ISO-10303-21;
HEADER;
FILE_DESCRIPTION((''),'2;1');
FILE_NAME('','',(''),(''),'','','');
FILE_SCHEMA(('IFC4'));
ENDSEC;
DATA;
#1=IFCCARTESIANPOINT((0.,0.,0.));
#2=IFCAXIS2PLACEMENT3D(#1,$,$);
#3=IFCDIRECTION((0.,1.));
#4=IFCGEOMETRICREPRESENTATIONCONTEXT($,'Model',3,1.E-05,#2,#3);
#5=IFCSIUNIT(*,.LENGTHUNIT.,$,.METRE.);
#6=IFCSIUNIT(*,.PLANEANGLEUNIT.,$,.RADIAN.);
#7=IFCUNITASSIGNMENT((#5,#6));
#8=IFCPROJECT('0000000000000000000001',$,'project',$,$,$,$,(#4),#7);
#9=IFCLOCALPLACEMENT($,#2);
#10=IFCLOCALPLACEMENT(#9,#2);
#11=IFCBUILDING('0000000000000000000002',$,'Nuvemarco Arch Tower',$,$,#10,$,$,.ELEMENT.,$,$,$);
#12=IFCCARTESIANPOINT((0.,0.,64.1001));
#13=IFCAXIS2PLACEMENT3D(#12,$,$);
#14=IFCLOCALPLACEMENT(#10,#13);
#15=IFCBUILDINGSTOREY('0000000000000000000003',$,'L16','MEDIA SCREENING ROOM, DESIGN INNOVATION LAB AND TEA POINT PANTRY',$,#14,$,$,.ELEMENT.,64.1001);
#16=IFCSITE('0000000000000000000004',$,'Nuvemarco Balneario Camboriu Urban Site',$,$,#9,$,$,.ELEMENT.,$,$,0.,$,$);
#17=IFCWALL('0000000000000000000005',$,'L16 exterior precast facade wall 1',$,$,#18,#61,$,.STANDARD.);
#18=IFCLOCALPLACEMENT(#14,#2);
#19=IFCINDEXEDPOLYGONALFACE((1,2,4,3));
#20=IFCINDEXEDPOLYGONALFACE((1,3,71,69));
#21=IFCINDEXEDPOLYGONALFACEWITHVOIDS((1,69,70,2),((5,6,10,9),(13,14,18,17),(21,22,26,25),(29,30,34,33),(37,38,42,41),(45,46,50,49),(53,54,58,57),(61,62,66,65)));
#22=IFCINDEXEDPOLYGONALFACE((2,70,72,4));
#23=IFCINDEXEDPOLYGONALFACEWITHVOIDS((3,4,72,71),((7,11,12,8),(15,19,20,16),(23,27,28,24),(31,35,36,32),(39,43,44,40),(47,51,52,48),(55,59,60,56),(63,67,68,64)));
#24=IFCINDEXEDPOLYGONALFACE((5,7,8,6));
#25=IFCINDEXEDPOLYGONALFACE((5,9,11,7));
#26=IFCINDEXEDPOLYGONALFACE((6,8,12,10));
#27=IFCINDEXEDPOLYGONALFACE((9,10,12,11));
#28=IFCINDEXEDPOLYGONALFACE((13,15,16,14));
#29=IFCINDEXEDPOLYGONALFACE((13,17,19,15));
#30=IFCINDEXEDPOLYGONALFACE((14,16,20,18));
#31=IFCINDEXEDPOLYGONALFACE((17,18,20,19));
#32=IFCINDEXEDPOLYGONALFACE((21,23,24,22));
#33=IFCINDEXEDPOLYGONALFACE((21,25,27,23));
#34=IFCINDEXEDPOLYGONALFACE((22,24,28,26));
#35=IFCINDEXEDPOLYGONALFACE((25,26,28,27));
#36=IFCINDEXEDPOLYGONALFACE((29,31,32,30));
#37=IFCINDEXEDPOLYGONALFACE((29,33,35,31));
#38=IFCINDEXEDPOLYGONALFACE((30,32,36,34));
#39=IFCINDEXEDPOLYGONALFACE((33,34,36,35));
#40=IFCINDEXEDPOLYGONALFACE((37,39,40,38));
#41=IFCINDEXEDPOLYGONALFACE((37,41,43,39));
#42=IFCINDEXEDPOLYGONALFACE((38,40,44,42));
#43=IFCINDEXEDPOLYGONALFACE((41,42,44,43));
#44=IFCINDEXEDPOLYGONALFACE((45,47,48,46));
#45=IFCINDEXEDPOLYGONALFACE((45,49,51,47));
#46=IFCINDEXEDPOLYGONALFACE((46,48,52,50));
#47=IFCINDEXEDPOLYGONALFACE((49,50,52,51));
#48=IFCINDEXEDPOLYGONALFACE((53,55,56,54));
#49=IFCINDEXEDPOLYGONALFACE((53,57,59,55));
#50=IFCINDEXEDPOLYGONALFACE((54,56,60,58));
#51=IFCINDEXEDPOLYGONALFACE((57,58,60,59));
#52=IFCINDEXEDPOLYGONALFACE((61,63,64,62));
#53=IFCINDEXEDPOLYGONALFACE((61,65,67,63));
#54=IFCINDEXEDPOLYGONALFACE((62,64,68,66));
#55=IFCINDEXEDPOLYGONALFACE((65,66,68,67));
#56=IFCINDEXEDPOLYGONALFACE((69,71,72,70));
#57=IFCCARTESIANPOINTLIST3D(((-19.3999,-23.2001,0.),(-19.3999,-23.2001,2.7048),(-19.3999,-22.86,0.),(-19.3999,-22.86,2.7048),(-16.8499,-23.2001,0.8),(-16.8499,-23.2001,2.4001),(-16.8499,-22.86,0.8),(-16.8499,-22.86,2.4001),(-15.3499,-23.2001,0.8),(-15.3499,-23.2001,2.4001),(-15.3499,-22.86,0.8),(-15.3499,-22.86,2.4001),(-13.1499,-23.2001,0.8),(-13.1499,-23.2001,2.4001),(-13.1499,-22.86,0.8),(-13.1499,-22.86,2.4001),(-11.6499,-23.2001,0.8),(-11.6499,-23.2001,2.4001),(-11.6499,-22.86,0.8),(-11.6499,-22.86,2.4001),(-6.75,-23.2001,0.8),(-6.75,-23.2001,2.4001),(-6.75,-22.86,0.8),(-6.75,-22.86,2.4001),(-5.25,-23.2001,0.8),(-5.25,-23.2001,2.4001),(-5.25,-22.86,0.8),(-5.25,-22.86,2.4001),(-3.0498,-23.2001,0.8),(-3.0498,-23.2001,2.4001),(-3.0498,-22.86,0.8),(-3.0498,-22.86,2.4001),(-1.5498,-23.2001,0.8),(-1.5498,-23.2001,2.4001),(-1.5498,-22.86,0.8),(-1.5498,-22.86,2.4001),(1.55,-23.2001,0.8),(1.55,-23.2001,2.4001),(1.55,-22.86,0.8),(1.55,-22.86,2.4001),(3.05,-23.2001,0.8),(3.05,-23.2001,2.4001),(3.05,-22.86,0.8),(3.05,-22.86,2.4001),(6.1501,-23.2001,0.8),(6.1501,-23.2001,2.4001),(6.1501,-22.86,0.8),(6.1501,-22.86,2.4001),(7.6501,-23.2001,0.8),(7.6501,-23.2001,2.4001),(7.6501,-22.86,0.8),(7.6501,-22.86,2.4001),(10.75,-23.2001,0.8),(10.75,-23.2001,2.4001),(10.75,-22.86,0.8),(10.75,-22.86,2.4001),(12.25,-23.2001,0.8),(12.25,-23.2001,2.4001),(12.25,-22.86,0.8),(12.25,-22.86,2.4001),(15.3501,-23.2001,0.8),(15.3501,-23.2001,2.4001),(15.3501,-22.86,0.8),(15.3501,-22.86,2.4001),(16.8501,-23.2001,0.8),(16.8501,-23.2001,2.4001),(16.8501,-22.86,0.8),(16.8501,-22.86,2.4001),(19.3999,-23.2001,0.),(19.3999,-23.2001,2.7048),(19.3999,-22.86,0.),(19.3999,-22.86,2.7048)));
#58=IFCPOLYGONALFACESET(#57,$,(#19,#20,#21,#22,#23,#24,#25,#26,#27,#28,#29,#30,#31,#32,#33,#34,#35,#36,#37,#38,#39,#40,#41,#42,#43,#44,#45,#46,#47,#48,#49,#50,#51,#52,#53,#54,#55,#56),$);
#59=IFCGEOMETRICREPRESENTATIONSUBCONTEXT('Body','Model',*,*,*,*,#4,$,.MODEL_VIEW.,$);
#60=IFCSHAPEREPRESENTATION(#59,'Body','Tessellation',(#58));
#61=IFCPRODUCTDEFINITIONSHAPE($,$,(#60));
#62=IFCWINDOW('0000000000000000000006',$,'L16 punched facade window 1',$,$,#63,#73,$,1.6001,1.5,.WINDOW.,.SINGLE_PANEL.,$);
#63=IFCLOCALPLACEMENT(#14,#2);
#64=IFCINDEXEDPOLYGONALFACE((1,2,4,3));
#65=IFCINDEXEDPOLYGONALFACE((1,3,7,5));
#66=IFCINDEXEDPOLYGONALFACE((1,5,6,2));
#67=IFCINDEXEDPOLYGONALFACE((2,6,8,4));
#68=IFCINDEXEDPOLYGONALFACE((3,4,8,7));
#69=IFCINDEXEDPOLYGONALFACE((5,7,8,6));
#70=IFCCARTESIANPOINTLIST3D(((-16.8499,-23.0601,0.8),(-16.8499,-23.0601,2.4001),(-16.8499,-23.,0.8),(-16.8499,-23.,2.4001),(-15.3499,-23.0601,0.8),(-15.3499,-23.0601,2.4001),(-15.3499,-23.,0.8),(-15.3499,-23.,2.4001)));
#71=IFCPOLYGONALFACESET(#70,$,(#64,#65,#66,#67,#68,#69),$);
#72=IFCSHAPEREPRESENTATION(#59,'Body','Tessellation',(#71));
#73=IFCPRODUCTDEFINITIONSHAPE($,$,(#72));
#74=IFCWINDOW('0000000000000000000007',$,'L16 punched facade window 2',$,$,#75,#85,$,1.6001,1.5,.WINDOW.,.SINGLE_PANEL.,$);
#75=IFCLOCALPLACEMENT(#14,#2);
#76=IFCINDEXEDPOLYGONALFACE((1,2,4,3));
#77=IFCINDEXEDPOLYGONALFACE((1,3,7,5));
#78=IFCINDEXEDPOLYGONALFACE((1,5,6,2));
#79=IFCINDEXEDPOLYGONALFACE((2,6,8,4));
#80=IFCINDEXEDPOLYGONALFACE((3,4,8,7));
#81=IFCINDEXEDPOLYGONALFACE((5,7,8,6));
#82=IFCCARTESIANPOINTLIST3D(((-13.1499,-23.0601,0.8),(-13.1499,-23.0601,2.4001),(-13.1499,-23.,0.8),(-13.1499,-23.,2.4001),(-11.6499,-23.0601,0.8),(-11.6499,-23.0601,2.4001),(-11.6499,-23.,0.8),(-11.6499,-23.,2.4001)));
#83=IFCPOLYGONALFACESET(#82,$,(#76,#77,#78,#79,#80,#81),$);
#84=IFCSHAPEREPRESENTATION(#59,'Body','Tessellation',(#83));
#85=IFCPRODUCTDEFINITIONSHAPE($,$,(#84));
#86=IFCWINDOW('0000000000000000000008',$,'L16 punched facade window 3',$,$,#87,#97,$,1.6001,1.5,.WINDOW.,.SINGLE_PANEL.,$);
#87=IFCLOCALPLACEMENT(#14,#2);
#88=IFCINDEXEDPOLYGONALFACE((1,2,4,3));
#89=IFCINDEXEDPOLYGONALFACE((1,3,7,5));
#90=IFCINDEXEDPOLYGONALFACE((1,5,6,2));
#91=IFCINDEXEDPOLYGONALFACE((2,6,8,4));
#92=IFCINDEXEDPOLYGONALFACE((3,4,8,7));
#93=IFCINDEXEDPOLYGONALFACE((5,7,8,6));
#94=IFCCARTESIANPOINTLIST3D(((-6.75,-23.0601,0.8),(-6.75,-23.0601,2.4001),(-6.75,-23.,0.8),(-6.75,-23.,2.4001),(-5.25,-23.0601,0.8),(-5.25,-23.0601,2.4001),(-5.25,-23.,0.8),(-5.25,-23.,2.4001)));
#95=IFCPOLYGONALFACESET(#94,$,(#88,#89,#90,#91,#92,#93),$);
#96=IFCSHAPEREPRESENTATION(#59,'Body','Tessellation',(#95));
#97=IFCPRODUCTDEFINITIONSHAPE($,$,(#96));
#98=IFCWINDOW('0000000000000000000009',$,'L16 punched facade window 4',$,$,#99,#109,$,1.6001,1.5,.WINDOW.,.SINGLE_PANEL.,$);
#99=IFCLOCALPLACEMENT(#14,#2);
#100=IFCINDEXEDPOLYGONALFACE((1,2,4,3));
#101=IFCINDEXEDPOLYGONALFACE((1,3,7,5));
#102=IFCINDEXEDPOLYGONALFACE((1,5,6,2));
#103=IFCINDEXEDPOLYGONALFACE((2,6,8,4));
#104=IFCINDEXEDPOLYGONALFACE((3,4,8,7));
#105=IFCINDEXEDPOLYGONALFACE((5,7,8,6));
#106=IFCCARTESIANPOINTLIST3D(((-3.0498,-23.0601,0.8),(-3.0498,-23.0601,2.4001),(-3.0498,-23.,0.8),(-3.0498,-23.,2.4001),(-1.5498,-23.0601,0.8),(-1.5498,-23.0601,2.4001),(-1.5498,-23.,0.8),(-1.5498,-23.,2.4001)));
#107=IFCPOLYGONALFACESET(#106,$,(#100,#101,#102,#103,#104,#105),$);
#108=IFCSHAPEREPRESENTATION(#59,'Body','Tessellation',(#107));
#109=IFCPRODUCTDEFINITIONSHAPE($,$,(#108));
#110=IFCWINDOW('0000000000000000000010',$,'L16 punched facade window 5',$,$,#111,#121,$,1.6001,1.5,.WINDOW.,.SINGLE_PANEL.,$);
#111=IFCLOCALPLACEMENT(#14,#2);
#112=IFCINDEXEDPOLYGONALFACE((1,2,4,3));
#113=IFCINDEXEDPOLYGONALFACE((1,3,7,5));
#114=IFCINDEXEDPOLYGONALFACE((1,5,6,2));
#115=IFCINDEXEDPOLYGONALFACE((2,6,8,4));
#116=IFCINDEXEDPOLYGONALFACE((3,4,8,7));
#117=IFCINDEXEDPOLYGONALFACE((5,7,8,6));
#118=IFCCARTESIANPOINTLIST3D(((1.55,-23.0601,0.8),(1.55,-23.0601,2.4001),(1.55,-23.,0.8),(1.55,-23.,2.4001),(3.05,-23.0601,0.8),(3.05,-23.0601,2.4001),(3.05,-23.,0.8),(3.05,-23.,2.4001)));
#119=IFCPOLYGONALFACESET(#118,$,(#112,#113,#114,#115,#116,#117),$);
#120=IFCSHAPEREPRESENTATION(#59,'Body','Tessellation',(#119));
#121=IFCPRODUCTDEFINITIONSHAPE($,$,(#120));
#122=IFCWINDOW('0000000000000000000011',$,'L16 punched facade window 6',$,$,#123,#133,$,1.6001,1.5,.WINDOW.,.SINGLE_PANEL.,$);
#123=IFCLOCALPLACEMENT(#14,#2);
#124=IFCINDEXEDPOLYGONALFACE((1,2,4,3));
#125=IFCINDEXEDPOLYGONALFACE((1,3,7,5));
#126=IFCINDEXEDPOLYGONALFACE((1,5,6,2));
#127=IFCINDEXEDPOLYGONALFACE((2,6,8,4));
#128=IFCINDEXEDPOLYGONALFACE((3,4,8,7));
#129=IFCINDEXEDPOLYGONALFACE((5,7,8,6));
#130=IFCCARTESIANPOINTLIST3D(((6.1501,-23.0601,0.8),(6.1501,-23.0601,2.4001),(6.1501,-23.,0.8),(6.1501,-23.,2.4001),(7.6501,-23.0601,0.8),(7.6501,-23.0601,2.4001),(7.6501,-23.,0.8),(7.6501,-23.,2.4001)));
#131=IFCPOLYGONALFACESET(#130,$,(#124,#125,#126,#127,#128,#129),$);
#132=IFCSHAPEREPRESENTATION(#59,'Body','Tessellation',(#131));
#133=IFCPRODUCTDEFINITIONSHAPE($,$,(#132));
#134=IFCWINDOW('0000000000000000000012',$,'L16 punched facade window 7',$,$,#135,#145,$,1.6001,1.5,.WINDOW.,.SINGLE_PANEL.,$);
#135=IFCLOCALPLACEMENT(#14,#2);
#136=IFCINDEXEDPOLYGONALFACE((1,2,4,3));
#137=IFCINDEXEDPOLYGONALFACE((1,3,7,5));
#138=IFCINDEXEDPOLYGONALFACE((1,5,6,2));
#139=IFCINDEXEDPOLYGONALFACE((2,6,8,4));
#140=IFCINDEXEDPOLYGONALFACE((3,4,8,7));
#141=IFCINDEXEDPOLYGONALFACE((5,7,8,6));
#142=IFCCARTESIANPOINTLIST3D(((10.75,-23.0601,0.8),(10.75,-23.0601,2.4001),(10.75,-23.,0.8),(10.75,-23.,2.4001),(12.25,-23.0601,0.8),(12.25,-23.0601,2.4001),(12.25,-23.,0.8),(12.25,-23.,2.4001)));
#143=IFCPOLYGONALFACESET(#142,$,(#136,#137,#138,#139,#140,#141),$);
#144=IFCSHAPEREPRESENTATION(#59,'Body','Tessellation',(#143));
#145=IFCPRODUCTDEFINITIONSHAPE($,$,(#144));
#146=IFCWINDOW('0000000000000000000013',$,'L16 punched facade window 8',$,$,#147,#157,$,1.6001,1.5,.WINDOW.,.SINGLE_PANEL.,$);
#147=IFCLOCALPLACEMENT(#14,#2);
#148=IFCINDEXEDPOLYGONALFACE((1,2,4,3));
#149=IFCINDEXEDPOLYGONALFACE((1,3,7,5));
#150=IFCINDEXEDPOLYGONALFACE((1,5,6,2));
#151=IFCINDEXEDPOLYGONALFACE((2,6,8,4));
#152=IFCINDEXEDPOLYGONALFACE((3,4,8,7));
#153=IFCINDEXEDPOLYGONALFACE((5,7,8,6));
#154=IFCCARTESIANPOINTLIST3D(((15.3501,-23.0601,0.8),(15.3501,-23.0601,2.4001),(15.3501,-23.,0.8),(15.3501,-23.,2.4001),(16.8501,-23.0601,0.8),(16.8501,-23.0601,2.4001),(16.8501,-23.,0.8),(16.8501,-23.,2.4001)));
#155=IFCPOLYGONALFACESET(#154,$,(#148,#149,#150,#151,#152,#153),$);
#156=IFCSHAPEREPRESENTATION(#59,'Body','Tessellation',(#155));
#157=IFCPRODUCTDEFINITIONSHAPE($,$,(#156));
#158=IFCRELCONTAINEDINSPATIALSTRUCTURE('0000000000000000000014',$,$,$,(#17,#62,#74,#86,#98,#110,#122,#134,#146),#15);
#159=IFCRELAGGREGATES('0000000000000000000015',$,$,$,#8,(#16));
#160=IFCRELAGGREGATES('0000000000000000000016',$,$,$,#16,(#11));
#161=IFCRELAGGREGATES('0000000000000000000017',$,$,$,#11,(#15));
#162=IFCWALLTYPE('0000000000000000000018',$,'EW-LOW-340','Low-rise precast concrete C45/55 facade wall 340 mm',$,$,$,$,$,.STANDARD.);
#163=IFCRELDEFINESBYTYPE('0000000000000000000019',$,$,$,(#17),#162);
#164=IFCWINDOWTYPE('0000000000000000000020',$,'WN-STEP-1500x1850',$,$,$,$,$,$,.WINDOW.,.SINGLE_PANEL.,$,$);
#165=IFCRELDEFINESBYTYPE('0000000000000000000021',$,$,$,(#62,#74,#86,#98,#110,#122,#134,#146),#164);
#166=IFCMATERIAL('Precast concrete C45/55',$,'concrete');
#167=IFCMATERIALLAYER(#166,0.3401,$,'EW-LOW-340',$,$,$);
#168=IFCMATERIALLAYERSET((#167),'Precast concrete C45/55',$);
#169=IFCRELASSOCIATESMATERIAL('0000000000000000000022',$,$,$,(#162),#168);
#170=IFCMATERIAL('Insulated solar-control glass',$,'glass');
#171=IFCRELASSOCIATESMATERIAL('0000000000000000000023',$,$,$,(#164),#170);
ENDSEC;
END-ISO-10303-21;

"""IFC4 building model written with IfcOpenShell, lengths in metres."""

from ifc_helpers import new_model, si_unit, direction, frame, frame_2d, origin, place, context, subcontext, project, spatial, rectangle, extrude, source, transform, mapped, material, layer, layer_set, type_object, type_shapes, element, fill, save


model = new_model("IFC4")

# Units and contexts
model_context = context("Model", 3, precision=1e-05, world=origin(), true_north=direction((0.0, 1.0)))
body_context = subcontext(model_context, "Body", "Model", "MODEL_VIEW")
ifc_project = project(units=[si_unit("LENGTHUNIT", "METRE"), si_unit("PLANEANGLEUNIT", "RADIAN")], contexts=[model_context])

# Site, building, storey
site_placement = place(None, origin())
site = spatial("IfcSite", under=ifc_project, at=site_placement, Name="Nuvemarco Balneario Camboriu Urban Site", CompositionType="ELEMENT", RefElevation=0.0)
building_placement = place(site_placement, origin())
building = spatial("IfcBuilding", under=site, at=building_placement, Name="Nuvemarco Arch Tower", CompositionType="ELEMENT")
storey_placement = place(building_placement, frame((0.0, 0.0, 64.1001)))
storey = spatial("IfcBuildingStorey", under=building, at=storey_placement, Name="L16", Description="MEDIA SCREENING ROOM, DESIGN INNOVATION LAB AND TEA POINT PANTRY", CompositionType="ELEMENT", Elevation=64.1001)

# Shared definitions
ifc_material_1 = material(Name="Precast concrete C45/55", Category="concrete")

# Wall, openings, windows
ifc_layer = layer(ifc_material_1, 0.3401, Name="EW-LOW-340")
ifc_layer_set = layer_set([ifc_layer], Name="Precast concrete C45/55")
wall_type = type_object("IfcWallType", Name="EW-LOW-340", Description="Low-rise precast concrete C45/55 facade wall 340 mm", PredefinedType="STANDARD", material=ifc_layer_set)
wall_1_placement = place(storey_placement, frame((-19.3999, -23.03, 0.0), z_axis=(0.0, 0.0, 1.0), x_axis=(1.0, 0.0, 0.0)))
wall_1 = element("IfcWall", 1, at=wall_1_placement, inside=storey, type_object=wall_type, Name="L16 exterior precast facade wall 1", PredefinedType="STANDARD", context=body_context, shape_type="SweptSolid", body=[
    extrude(rectangle(XDim=38.7998, YDim=0.3401, at=frame_2d((19.3999, 0.0))), origin(), (0.0, 0.0, 1.0), 2.7048),
])
opening_1_placement = place(wall_1_placement, frame((2.55, 0.0, 0.8)))
opening_1 = element("IfcOpeningElement", 2, at=opening_1_placement, cuts=wall_1, PredefinedType="OPENING", context=body_context, shape_type="SweptSolid", body=[
    extrude(rectangle(XDim=1.5, YDim=1.6001, at=frame_2d((0.75, 0.8))), frame((0.0, 0.1799, 0.0), z_axis=(0.0, -1.0, 0.0), x_axis=(1.0, 0.0, 0.0)), (0.0, 0.0, 1.0), 0.3601),
])
opening_2_placement = place(wall_1_placement, frame((6.25, 0.0, 0.8)))
opening_2 = element("IfcOpeningElement", 3, at=opening_2_placement, cuts=wall_1, PredefinedType="OPENING", context=body_context, shape_type="SweptSolid", body=[
    extrude(rectangle(XDim=1.5, YDim=1.6001, at=frame_2d((0.75, 0.8))), frame((0.0, 0.1799, 0.0), z_axis=(0.0, -1.0, 0.0), x_axis=(1.0, 0.0, 0.0)), (0.0, 0.0, 1.0), 0.3601),
])
opening_3_placement = place(wall_1_placement, frame((12.6499, 0.0, 0.8)))
opening_3 = element("IfcOpeningElement", 4, at=opening_3_placement, cuts=wall_1, PredefinedType="OPENING", context=body_context, shape_type="SweptSolid", body=[
    extrude(rectangle(XDim=1.5, YDim=1.6001, at=frame_2d((0.75, 0.8))), frame((0.0, 0.1799, 0.0), z_axis=(0.0, -1.0, 0.0), x_axis=(1.0, 0.0, 0.0)), (0.0, 0.0, 1.0), 0.3601),
])
opening_4_placement = place(wall_1_placement, frame((16.3501, 0.0, 0.8)))
opening_4 = element("IfcOpeningElement", 5, at=opening_4_placement, cuts=wall_1, PredefinedType="OPENING", context=body_context, shape_type="SweptSolid", body=[
    extrude(rectangle(XDim=1.5, YDim=1.6001, at=frame_2d((0.75, 0.8))), frame((0.0, 0.1799, 0.0), z_axis=(0.0, -1.0, 0.0), x_axis=(1.0, 0.0, 0.0)), (0.0, 0.0, 1.0), 0.3601),
])
opening_5_placement = place(wall_1_placement, frame((20.95, 0.0, 0.8)))
opening_5 = element("IfcOpeningElement", 6, at=opening_5_placement, cuts=wall_1, PredefinedType="OPENING", context=body_context, shape_type="SweptSolid", body=[
    extrude(rectangle(XDim=1.5, YDim=1.6001, at=frame_2d((0.75, 0.8))), frame((0.0, 0.1799, 0.0), z_axis=(0.0, -1.0, 0.0), x_axis=(1.0, 0.0, 0.0)), (0.0, 0.0, 1.0), 0.3601),
])
opening_6_placement = place(wall_1_placement, frame((25.55, 0.0, 0.8)))
opening_6 = element("IfcOpeningElement", 7, at=opening_6_placement, cuts=wall_1, PredefinedType="OPENING", context=body_context, shape_type="SweptSolid", body=[
    extrude(rectangle(XDim=1.5, YDim=1.6001, at=frame_2d((0.75, 0.8))), frame((0.0, 0.1799, 0.0), z_axis=(0.0, -1.0, 0.0), x_axis=(1.0, 0.0, 0.0)), (0.0, 0.0, 1.0), 0.3601),
])
opening_7_placement = place(wall_1_placement, frame((30.1499, 0.0, 0.8)))
opening_7 = element("IfcOpeningElement", 8, at=opening_7_placement, cuts=wall_1, PredefinedType="OPENING", context=body_context, shape_type="SweptSolid", body=[
    extrude(rectangle(XDim=1.5, YDim=1.6001, at=frame_2d((0.75, 0.8))), frame((0.0, 0.1799, 0.0), z_axis=(0.0, -1.0, 0.0), x_axis=(1.0, 0.0, 0.0)), (0.0, 0.0, 1.0), 0.3601),
])
opening_8_placement = place(wall_1_placement, frame((34.75, 0.0, 0.8)))
opening_8 = element("IfcOpeningElement", 9, at=opening_8_placement, cuts=wall_1, PredefinedType="OPENING", context=body_context, shape_type="SweptSolid", body=[
    extrude(rectangle(XDim=1.5, YDim=1.6001, at=frame_2d((0.75, 0.8))), frame((0.0, 0.1799, 0.0), z_axis=(0.0, -1.0, 0.0), x_axis=(1.0, 0.0, 0.0)), (0.0, 0.0, 1.0), 0.3601),
])
ifc_material_2 = material(Name="Insulated solar-control glass", Category="glass")
window_type_1 = type_object("IfcWindowType", Name="WN-STEP-1500x1850", PartitioningType="SINGLE_PANEL", PredefinedType="WINDOW", material=ifc_material_2)
shared_shape_1 = source(origin(), body_context, "Body", "SweptSolid", [
    extrude(rectangle(XDim=1.5, YDim=1.6001, at=frame_2d((0.75, 0.8))), frame((0.0, 0.03, 0.0), z_axis=(0.0, -1.0, 0.0), x_axis=(1.0, 0.0, 0.0)), (0.0, 0.0, 1.0), 0.0601),
])
type_shapes(window_type_1, [shared_shape_1])
window_1_placement = place(opening_1_placement, origin())
window_1 = element("IfcWindow", 10, at=window_1_placement, inside=storey, type_object=window_type_1, Name="L16 punched facade window 1", OverallHeight=1.6001, OverallWidth=1.5, PartitioningType="SINGLE_PANEL", PredefinedType="WINDOW", context=body_context, shape_type="MappedRepresentation", body=[
    mapped(shared_shape_1, transform((0.0, 0.0, 0.0), scale=1.0)),
])
fill(opening_1, window_1)
window_2_placement = place(opening_2_placement, origin())
window_2 = element("IfcWindow", 11, at=window_2_placement, inside=storey, type_object=window_type_1, Name="L16 punched facade window 2", OverallHeight=1.6001, OverallWidth=1.5, PartitioningType="SINGLE_PANEL", PredefinedType="WINDOW", context=body_context, shape_type="MappedRepresentation", body=[
    mapped(shared_shape_1, transform((0.0, 0.0, 0.0), scale=1.0)),
])
fill(opening_2, window_2)
window_3_placement = place(opening_3_placement, origin())
window_3 = element("IfcWindow", 12, at=window_3_placement, inside=storey, type_object=window_type_1, Name="L16 punched facade window 3", OverallHeight=1.6001, OverallWidth=1.5, PartitioningType="SINGLE_PANEL", PredefinedType="WINDOW", context=body_context, shape_type="MappedRepresentation", body=[
    mapped(shared_shape_1, transform((0.0, 0.0, 0.0), scale=1.0)),
])
fill(opening_3, window_3)
window_4_placement = place(opening_4_placement, origin())
window_4 = element("IfcWindow", 13, at=window_4_placement, inside=storey, type_object=window_type_1, Name="L16 punched facade window 4", OverallHeight=1.6001, OverallWidth=1.5, PartitioningType="SINGLE_PANEL", PredefinedType="WINDOW", context=body_context, shape_type="MappedRepresentation", body=[
    mapped(shared_shape_1, transform((0.0, 0.0, 0.0), scale=1.0)),
])
fill(opening_4, window_4)
window_5_placement = place(opening_5_placement, origin())
window_5 = element("IfcWindow", 14, at=window_5_placement, inside=storey, type_object=window_type_1, Name="L16 punched facade window 5", OverallHeight=1.6001, OverallWidth=1.5, PartitioningType="SINGLE_PANEL", PredefinedType="WINDOW", context=body_context, shape_type="MappedRepresentation", body=[
    mapped(shared_shape_1, transform((0.0, 0.0, 0.0), scale=1.0)),
])
fill(opening_5, window_5)
window_6_placement = place(opening_6_placement, origin())
window_6 = element("IfcWindow", 15, at=window_6_placement, inside=storey, type_object=window_type_1, Name="L16 punched facade window 6", OverallHeight=1.6001, OverallWidth=1.5, PartitioningType="SINGLE_PANEL", PredefinedType="WINDOW", context=body_context, shape_type="MappedRepresentation", body=[
    mapped(shared_shape_1, transform((0.0, 0.0, 0.0), scale=1.0)),
])
fill(opening_6, window_6)
window_7_placement = place(opening_7_placement, origin())
window_7 = element("IfcWindow", 16, at=window_7_placement, inside=storey, type_object=window_type_1, Name="L16 punched facade window 7", OverallHeight=1.6001, OverallWidth=1.5, PartitioningType="SINGLE_PANEL", PredefinedType="WINDOW", context=body_context, shape_type="MappedRepresentation", body=[
    mapped(shared_shape_1, transform((0.0, 0.0, 0.0), scale=1.0)),
])
fill(opening_7, window_7)
window_8_placement = place(opening_8_placement, origin())
window_8 = element("IfcWindow", 17, at=window_8_placement, inside=storey, type_object=window_type_1, Name="L16 punched facade window 8", OverallHeight=1.6001, OverallWidth=1.5, PartitioningType="SINGLE_PANEL", PredefinedType="WINDOW", context=body_context, shape_type="MappedRepresentation", body=[
    mapped(shared_shape_1, transform((0.0, 0.0, 0.0), scale=1.0)),
])
fill(opening_8, window_8)

save(model, "model.ifc")
